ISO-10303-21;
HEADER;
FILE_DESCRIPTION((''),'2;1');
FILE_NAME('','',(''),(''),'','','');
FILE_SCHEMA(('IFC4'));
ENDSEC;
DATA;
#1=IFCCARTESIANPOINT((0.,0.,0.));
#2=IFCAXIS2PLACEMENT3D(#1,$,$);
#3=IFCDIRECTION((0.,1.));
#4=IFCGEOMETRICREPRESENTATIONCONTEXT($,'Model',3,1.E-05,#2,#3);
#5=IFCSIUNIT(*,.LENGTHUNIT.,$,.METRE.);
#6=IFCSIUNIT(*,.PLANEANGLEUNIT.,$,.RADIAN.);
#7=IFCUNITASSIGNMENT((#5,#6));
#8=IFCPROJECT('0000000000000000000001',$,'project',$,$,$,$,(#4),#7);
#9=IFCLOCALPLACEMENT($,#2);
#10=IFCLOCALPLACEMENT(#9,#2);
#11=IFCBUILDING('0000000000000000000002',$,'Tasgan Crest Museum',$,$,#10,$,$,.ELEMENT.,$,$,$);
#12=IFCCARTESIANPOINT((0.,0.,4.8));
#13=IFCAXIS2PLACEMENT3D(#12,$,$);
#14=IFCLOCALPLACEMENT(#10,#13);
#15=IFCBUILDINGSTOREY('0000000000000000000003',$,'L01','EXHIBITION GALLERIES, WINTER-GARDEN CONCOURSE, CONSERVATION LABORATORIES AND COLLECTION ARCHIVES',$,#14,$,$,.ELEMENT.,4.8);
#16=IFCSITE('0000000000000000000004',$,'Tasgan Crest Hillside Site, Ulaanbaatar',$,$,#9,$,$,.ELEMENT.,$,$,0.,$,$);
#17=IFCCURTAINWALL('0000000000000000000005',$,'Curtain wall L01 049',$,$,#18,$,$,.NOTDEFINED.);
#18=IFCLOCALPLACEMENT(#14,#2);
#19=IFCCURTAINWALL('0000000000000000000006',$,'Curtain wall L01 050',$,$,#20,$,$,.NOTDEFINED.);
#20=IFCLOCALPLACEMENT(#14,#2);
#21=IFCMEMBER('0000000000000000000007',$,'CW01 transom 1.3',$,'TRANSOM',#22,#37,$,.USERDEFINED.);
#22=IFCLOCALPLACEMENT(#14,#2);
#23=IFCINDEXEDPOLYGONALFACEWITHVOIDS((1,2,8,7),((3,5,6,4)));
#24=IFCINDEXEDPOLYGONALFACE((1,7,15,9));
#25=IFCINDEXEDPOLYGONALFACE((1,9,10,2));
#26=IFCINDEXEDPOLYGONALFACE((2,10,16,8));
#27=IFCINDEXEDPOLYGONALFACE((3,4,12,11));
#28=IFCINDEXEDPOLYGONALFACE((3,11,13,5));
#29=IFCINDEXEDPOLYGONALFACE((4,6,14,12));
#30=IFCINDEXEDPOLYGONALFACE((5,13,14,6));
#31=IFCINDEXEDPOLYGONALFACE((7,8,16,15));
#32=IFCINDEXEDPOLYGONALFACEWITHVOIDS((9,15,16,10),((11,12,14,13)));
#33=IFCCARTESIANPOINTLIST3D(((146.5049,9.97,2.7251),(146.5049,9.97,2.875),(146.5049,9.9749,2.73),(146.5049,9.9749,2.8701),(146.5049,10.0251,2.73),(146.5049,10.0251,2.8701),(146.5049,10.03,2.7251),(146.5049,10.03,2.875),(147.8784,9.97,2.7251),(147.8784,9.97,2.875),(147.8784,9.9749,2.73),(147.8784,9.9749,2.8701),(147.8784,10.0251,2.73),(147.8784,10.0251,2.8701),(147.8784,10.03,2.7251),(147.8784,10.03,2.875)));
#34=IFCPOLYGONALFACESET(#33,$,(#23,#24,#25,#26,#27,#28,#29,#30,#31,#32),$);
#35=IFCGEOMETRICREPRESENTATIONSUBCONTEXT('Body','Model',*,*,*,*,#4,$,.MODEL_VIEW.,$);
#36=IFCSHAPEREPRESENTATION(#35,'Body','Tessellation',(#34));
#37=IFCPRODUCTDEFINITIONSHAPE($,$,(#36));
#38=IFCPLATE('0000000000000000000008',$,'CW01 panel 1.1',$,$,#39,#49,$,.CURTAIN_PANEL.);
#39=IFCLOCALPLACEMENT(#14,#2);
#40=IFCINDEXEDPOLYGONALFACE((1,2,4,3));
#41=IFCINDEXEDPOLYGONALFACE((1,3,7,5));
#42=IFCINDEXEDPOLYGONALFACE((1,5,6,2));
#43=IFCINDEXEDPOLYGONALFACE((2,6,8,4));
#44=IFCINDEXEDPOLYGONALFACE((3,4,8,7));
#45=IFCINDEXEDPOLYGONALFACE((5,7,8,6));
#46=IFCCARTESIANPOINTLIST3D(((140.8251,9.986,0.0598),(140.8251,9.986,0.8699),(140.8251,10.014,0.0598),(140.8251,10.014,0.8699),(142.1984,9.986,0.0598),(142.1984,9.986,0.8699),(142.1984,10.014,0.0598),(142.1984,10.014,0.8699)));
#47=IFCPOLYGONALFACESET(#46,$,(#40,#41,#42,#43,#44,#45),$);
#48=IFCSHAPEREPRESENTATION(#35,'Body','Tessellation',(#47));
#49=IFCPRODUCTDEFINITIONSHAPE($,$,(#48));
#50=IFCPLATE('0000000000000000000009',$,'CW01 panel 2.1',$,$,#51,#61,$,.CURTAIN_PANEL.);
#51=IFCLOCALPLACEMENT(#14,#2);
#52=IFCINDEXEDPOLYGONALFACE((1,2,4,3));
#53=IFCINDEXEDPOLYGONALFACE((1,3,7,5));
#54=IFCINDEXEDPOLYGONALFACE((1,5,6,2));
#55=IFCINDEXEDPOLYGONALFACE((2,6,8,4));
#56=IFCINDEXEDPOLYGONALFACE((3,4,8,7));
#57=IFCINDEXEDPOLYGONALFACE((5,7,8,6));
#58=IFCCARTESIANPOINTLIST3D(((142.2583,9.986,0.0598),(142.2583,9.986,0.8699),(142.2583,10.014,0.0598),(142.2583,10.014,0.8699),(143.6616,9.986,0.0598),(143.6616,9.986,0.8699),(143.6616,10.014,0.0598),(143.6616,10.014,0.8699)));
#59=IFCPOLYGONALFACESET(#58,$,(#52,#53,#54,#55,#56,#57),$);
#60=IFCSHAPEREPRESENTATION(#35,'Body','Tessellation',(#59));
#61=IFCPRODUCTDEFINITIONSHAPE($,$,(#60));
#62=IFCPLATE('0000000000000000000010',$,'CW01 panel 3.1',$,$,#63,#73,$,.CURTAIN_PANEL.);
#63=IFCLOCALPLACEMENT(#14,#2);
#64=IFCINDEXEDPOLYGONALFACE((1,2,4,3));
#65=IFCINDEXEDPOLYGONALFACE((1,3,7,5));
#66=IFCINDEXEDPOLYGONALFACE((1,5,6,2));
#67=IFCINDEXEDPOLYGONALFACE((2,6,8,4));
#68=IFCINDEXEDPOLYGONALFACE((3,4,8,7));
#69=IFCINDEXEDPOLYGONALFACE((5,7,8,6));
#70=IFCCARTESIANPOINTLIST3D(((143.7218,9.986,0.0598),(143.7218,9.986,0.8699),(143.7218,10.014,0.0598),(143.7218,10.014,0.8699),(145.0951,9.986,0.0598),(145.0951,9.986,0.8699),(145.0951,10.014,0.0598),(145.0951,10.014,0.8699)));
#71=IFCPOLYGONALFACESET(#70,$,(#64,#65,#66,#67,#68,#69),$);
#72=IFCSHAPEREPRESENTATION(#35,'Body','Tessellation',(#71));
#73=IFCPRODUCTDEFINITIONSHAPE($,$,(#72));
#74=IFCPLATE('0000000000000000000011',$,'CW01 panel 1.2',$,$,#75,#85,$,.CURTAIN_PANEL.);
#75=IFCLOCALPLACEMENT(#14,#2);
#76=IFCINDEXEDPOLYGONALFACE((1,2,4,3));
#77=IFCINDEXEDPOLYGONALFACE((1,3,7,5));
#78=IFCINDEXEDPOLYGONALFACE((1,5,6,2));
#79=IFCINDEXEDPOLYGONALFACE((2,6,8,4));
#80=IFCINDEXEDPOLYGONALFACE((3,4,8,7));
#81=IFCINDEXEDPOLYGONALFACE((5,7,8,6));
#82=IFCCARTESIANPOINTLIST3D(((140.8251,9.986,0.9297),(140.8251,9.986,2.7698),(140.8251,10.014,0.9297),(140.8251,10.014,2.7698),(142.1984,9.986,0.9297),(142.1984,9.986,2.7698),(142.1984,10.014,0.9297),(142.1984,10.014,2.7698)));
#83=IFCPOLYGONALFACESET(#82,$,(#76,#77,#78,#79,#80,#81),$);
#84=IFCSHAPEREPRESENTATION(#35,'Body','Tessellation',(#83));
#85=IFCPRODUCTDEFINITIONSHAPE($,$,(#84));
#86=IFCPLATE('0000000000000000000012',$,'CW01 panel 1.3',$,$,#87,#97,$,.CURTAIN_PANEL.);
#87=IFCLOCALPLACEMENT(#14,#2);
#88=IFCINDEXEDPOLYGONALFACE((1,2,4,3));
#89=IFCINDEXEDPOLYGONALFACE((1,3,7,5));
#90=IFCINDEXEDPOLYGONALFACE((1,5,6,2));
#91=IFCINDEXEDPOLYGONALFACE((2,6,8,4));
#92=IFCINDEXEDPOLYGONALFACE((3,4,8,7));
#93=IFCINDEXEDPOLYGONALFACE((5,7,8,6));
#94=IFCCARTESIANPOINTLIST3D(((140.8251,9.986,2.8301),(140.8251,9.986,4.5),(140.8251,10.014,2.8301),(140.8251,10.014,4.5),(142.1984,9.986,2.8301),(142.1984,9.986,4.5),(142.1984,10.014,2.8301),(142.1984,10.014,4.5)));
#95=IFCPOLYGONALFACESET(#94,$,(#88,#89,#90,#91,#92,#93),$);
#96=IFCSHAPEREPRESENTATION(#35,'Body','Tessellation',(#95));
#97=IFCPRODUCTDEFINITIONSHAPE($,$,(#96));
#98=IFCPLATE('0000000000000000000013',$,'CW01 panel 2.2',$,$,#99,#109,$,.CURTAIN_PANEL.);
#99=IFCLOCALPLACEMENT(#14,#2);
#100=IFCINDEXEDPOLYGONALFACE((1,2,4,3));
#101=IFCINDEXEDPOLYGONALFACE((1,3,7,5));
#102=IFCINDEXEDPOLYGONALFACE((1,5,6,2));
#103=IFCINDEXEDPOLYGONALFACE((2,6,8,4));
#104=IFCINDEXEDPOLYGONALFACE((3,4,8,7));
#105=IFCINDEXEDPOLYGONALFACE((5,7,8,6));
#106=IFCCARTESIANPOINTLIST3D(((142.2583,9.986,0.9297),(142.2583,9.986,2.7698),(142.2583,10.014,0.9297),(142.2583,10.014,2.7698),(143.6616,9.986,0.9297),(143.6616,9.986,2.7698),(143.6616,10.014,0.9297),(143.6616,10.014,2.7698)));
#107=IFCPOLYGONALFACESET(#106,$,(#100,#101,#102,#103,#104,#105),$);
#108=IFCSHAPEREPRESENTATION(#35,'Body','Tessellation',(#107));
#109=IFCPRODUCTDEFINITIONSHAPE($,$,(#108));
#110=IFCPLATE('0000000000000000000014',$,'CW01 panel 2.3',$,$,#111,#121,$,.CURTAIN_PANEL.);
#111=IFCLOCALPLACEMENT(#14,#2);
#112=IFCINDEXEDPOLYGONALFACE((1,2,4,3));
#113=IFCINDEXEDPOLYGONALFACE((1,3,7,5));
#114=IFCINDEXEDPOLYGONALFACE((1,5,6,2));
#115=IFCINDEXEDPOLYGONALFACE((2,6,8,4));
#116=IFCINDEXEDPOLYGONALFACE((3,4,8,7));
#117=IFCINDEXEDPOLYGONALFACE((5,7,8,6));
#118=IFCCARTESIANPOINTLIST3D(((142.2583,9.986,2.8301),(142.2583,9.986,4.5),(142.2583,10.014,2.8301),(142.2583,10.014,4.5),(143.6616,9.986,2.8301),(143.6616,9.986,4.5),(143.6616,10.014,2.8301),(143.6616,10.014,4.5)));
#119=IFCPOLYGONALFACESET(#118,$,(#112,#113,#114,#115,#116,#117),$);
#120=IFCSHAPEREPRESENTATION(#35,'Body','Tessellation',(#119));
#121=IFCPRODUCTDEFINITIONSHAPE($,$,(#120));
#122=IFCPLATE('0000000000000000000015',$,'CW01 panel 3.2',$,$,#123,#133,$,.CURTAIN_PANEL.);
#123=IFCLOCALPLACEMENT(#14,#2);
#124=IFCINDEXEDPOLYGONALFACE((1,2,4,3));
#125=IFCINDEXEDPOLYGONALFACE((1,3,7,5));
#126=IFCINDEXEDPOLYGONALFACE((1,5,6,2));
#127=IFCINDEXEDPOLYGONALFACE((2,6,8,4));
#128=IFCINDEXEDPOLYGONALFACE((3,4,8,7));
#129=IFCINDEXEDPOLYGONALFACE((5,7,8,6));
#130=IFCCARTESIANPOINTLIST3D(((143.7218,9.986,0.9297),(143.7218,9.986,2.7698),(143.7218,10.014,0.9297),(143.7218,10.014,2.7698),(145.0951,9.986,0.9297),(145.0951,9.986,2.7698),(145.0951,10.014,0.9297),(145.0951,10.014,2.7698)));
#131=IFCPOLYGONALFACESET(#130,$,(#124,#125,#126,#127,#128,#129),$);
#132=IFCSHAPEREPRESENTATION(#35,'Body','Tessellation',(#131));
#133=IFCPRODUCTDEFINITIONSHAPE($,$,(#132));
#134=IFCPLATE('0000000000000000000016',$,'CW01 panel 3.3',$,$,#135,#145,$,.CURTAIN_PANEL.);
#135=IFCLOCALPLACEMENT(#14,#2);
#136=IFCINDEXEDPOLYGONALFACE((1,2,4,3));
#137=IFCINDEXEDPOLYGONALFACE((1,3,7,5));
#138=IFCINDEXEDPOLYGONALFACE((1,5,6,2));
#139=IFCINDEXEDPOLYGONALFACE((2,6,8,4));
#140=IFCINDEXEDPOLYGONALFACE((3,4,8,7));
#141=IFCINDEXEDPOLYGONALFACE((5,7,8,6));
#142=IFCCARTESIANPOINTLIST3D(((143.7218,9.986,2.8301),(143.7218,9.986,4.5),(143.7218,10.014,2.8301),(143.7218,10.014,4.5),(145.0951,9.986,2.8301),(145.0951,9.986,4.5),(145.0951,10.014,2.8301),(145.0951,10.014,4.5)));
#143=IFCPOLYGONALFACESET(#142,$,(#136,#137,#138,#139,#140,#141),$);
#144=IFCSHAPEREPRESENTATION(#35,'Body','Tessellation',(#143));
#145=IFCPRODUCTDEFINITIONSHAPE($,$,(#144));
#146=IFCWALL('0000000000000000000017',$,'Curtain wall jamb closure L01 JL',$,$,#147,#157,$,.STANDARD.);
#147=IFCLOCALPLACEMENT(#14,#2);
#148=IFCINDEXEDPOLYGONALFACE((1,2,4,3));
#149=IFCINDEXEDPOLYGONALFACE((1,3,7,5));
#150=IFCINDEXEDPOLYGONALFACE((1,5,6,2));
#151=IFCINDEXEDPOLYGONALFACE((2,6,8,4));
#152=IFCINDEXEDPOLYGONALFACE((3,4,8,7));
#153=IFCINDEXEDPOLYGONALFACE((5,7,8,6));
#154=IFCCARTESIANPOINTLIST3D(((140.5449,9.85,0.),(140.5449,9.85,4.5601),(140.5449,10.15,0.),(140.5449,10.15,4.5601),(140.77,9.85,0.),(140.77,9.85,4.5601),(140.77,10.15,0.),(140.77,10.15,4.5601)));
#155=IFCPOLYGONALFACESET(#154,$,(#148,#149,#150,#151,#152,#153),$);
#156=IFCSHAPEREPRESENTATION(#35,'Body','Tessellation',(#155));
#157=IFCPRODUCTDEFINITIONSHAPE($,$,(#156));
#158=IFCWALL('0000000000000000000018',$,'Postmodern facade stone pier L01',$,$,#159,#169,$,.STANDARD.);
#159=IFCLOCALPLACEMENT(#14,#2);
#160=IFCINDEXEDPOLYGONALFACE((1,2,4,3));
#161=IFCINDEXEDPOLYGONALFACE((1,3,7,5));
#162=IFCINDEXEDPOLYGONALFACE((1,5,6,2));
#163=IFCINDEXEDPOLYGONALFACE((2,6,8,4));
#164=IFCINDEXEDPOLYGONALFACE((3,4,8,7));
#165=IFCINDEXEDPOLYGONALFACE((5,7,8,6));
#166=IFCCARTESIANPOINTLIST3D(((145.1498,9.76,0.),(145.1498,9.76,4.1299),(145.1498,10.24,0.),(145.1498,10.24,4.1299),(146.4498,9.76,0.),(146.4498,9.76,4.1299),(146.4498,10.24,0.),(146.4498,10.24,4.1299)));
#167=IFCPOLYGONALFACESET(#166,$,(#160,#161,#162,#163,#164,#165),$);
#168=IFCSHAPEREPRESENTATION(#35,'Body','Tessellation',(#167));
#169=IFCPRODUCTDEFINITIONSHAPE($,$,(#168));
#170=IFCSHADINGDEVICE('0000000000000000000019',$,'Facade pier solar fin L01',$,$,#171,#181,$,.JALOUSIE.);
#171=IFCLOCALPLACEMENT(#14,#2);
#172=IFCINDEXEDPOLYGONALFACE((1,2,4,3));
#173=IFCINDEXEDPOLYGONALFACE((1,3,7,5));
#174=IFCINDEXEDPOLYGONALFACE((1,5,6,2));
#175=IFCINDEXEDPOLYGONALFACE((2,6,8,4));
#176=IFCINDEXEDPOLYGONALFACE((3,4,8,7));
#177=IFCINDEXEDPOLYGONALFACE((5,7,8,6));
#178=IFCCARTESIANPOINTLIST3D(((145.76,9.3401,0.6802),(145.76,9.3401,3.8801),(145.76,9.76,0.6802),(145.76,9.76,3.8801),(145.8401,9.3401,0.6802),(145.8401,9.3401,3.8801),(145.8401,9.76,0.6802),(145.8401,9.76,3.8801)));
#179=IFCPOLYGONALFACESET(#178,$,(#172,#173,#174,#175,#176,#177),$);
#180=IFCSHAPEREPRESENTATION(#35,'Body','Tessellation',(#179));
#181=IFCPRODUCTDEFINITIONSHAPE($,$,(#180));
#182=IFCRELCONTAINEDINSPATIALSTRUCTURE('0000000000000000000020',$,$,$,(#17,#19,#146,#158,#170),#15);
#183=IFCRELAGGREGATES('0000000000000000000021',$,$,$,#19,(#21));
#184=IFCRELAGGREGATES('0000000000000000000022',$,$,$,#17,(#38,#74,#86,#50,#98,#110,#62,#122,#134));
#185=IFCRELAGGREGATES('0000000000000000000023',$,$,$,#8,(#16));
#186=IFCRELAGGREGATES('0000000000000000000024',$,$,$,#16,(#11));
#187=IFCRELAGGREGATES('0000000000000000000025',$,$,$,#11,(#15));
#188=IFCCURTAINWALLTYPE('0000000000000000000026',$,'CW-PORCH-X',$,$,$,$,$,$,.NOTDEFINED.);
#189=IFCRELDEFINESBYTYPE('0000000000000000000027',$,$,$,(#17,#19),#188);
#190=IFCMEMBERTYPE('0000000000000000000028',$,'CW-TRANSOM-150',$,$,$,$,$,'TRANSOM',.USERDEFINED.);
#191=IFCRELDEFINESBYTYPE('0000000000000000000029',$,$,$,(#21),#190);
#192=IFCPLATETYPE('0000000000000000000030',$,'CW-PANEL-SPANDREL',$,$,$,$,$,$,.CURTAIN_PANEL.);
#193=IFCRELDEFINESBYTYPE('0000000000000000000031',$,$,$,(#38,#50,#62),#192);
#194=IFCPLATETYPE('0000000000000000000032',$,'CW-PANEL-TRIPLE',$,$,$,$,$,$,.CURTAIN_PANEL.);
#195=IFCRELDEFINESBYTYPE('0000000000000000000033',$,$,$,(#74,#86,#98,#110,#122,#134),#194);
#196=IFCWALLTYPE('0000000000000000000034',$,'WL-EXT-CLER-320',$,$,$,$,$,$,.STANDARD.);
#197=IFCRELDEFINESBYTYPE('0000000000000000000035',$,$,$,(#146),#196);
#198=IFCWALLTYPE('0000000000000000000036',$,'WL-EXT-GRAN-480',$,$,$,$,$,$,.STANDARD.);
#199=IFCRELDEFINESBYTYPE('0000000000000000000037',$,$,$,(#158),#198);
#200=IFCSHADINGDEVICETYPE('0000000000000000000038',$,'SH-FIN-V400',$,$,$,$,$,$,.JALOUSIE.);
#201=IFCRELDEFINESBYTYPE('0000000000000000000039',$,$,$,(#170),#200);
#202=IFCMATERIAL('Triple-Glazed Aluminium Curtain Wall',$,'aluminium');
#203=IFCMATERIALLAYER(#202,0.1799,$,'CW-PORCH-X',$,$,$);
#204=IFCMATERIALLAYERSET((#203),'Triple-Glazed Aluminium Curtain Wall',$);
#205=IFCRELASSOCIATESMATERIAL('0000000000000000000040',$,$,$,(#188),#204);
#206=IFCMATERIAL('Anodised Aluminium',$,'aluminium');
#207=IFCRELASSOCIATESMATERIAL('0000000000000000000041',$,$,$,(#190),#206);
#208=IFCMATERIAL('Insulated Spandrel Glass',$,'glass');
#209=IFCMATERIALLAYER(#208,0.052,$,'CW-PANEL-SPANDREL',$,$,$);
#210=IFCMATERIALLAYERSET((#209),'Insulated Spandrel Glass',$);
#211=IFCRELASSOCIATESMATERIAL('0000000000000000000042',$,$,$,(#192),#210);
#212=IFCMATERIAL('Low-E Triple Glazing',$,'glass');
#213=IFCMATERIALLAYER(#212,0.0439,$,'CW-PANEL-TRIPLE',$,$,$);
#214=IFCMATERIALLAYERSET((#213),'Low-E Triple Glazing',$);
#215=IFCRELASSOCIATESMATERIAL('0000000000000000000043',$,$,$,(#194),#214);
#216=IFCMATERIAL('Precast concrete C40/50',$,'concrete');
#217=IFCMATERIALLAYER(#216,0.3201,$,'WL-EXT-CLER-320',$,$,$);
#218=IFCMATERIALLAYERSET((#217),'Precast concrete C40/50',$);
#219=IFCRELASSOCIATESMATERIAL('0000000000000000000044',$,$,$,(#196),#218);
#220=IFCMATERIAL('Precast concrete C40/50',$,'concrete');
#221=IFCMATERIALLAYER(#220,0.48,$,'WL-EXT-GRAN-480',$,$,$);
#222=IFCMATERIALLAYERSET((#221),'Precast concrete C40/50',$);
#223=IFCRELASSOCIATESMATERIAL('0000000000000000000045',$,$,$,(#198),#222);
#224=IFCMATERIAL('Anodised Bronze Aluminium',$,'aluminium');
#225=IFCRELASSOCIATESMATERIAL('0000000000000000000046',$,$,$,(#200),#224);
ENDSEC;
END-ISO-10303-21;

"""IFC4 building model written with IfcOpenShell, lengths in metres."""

from ifc_helpers import new_model, si_unit, direction, frame, frame_2d, origin, origin_2d, place, context, subcontext, project, spatial, rectangle, hollow_rectangle, extrude, material, layer, layer_set, material_profile, profile_set, type_object, element, aggregate, save


model = new_model("IFC4")

# Units and contexts
model_context = context("Model", 3, precision=1e-05, world=origin(), true_north=direction((0.0, 1.0)))
body_context = subcontext(model_context, "Body", "Model", "MODEL_VIEW")
ifc_project = project(units=[si_unit("LENGTHUNIT", "METRE"), si_unit("PLANEANGLEUNIT", "RADIAN")], contexts=[model_context])

# Site, building, storey
site_placement = place(None, origin())
site = spatial("IfcSite", under=ifc_project, at=site_placement, Name="Tasgan Crest Hillside Site, Ulaanbaatar", CompositionType="ELEMENT", RefElevation=0.0)
building_placement = place(site_placement, origin())
building = spatial("IfcBuilding", under=site, at=building_placement, Name="Tasgan Crest Museum", CompositionType="ELEMENT")
storey_placement = place(building_placement, frame((0.0, 0.0, 4.8)))
storey = spatial("IfcBuildingStorey", under=building, at=storey_placement, Name="L01", Description="EXHIBITION GALLERIES, WINTER-GARDEN CONCOURSE, CONSERVATION LABORATORIES AND COLLECTION ARCHIVES", CompositionType="ELEMENT", Elevation=4.8)

# Curtain wall
ifc_material_1 = material(Name="Triple-Glazed Aluminium Curtain Wall", Category="aluminium")
ifc_layer_1 = layer(ifc_material_1, 0.1799, Name="CW-PORCH-X")
ifc_layer_set_1 = layer_set([ifc_layer_1], Name="Triple-Glazed Aluminium Curtain Wall")
curtain_wall_type = type_object("IfcCurtainWallType", Name="CW-PORCH-X", PredefinedType="NOTDEFINED", material=ifc_layer_set_1)
curtain_wall_1_placement = place(storey_placement, origin())
curtain_wall_1 = element("IfcCurtainWall", 1, at=curtain_wall_1_placement, inside=storey, type_object=curtain_wall_type, Name="Curtain wall L01 049", PredefinedType="NOTDEFINED")

# Curtain wall
curtain_wall_2_placement = place(storey_placement, origin())
curtain_wall_2 = element("IfcCurtainWall", 2, at=curtain_wall_2_placement, inside=storey, type_object=curtain_wall_type, Name="Curtain wall L01 050", PredefinedType="NOTDEFINED")

# Member
ifc_material_2 = material(Name="Anodised Aluminium", Category="aluminium")
ifc_material_profile_1 = material_profile(ifc_material_2, hollow_rectangle(XDim=0.0601, YDim=0.1499, WallThickness=0.0049, at=origin_2d()), Name="ALU TRANSOM 150x60x5")
ifc_profile_set_1 = profile_set([ifc_material_profile_1], Name="Anodised Aluminium")
member_type_1 = type_object("IfcMemberType", Name="CW-TRANSOM-150", ElementType="TRANSOM", PredefinedType="USERDEFINED", material=ifc_profile_set_1)
member_1_placement = place(storey_placement, frame((146.5049, 10.0, 2.8), z_axis=(1.0, 0.0, 0.0), x_axis=(0.0, 1.0, 0.0)))
member_1 = element("IfcMember", 3, at=member_1_placement, type_object=member_type_1, Name="CW01 transom 1.3", ObjectType="TRANSOM", PredefinedType="USERDEFINED", context=body_context, shape_type="SweptSolid", body=[
    extrude(hollow_rectangle(XDim=0.0601, YDim=0.1499, WallThickness=0.0049, at=origin_2d()), origin(), (0.0, 0.0, 1.0), 1.3735),
])
aggregate(curtain_wall_2, [member_1])

# Plates
ifc_material_3 = material(Name="Insulated Spandrel Glass", Category="glass")
ifc_layer_2 = layer(ifc_material_3, 0.052, Name="CW-PANEL-SPANDREL")
ifc_layer_set_2 = layer_set([ifc_layer_2], Name="Insulated Spandrel Glass")
plate_type_1 = type_object("IfcPlateType", Name="CW-PANEL-SPANDREL", PredefinedType="CURTAIN_PANEL", material=ifc_layer_set_2)
plate_1_placement = place(storey_placement, frame((141.5117, 10.0, 0.0598), z_axis=(0.0, 0.0, 1.0), x_axis=(1.0, 0.0, 0.0)))
plate_1 = element("IfcPlate", 4, at=plate_1_placement, type_object=plate_type_1, Name="CW01 panel 1.1", PredefinedType="CURTAIN_PANEL", context=body_context, shape_type="SweptSolid", body=[
    extrude(rectangle(XDim=1.3733, YDim=0.0281, at=origin_2d()), origin(), (0.0, 0.0, 1.0), 0.8101),
])
plate_2_placement = place(storey_placement, frame((142.96, 10.0, 0.0598), z_axis=(0.0, 0.0, 1.0), x_axis=(1.0, 0.0, 0.0)))
plate_2 = element("IfcPlate", 5, at=plate_2_placement, type_object=plate_type_1, Name="CW01 panel 2.1", PredefinedType="CURTAIN_PANEL", context=body_context, shape_type="SweptSolid", body=[
    extrude(rectangle(XDim=1.4033, YDim=0.0281, at=origin_2d()), origin(), (0.0, 0.0, 1.0), 0.8101),
])
plate_3_placement = place(storey_placement, frame((144.4084, 10.0, 0.0598), z_axis=(0.0, 0.0, 1.0), x_axis=(1.0, 0.0, 0.0)))
plate_3 = element("IfcPlate", 6, at=plate_3_placement, type_object=plate_type_1, Name="CW01 panel 3.1", PredefinedType="CURTAIN_PANEL", context=body_context, shape_type="SweptSolid", body=[
    extrude(rectangle(XDim=1.3733, YDim=0.0281, at=origin_2d()), origin(), (0.0, 0.0, 1.0), 0.8101),
])
ifc_material_4 = material(Name="Low-E Triple Glazing", Category="glass")
ifc_layer_3 = layer(ifc_material_4, 0.0439, Name="CW-PANEL-TRIPLE")
ifc_layer_set_3 = layer_set([ifc_layer_3], Name="Low-E Triple Glazing")
plate_type_2 = type_object("IfcPlateType", Name="CW-PANEL-TRIPLE", PredefinedType="CURTAIN_PANEL", material=ifc_layer_set_3)
plate_4_placement = place(storey_placement, frame((141.5117, 10.0, 0.9297), z_axis=(0.0, 0.0, 1.0), x_axis=(1.0, 0.0, 0.0)))
plate_4 = element("IfcPlate", 7, at=plate_4_placement, type_object=plate_type_2, Name="CW01 panel 1.2", PredefinedType="CURTAIN_PANEL", context=body_context, shape_type="SweptSolid", body=[
    extrude(rectangle(XDim=1.3733, YDim=0.0281, at=origin_2d()), origin(), (0.0, 0.0, 1.0), 1.8401),
])
plate_5_placement = place(storey_placement, frame((141.5117, 10.0, 2.8301), z_axis=(0.0, 0.0, 1.0), x_axis=(1.0, 0.0, 0.0)))
plate_5 = element("IfcPlate", 8, at=plate_5_placement, type_object=plate_type_2, Name="CW01 panel 1.3", PredefinedType="CURTAIN_PANEL", context=body_context, shape_type="SweptSolid", body=[
    extrude(rectangle(XDim=1.3733, YDim=0.0281, at=origin_2d()), origin(), (0.0, 0.0, 1.0), 1.6699),
])
plate_6_placement = place(storey_placement, frame((142.96, 10.0, 0.9297), z_axis=(0.0, 0.0, 1.0), x_axis=(1.0, 0.0, 0.0)))
plate_6 = element("IfcPlate", 9, at=plate_6_placement, type_object=plate_type_2, Name="CW01 panel 2.2", PredefinedType="CURTAIN_PANEL", context=body_context, shape_type="SweptSolid", body=[
    extrude(rectangle(XDim=1.4033, YDim=0.0281, at=origin_2d()), origin(), (0.0, 0.0, 1.0), 1.8401),
])
plate_7_placement = place(storey_placement, frame((142.96, 10.0, 2.8301), z_axis=(0.0, 0.0, 1.0), x_axis=(1.0, 0.0, 0.0)))
plate_7 = element("IfcPlate", 10, at=plate_7_placement, type_object=plate_type_2, Name="CW01 panel 2.3", PredefinedType="CURTAIN_PANEL", context=body_context, shape_type="SweptSolid", body=[
    extrude(rectangle(XDim=1.4033, YDim=0.0281, at=origin_2d()), origin(), (0.0, 0.0, 1.0), 1.6699),
])
plate_8_placement = place(storey_placement, frame((144.4084, 10.0, 0.9297), z_axis=(0.0, 0.0, 1.0), x_axis=(1.0, 0.0, 0.0)))
plate_8 = element("IfcPlate", 11, at=plate_8_placement, type_object=plate_type_2, Name="CW01 panel 3.2", PredefinedType="CURTAIN_PANEL", context=body_context, shape_type="SweptSolid", body=[
    extrude(rectangle(XDim=1.3733, YDim=0.0281, at=origin_2d()), origin(), (0.0, 0.0, 1.0), 1.8401),
])
plate_9_placement = place(storey_placement, frame((144.4084, 10.0, 2.8301), z_axis=(0.0, 0.0, 1.0), x_axis=(1.0, 0.0, 0.0)))
plate_9 = element("IfcPlate", 12, at=plate_9_placement, type_object=plate_type_2, Name="CW01 panel 3.3", PredefinedType="CURTAIN_PANEL", context=body_context, shape_type="SweptSolid", body=[
    extrude(rectangle(XDim=1.3733, YDim=0.0281, at=origin_2d()), origin(), (0.0, 0.0, 1.0), 1.6699),
])
aggregate(curtain_wall_1, [plate_1, plate_4, plate_5, plate_2, plate_6, plate_7, plate_3, plate_8, plate_9])

# Walls
ifc_material_5 = material(Name="Precast concrete C40/50", Category="concrete")
ifc_layer_4 = layer(ifc_material_5, 0.3201, Name="WL-EXT-CLER-320")
ifc_layer_set_4 = layer_set([ifc_layer_4], Name="Precast concrete C40/50")
wall_type_1 = type_object("IfcWallType", Name="WL-EXT-CLER-320", PredefinedType="STANDARD", material=ifc_layer_set_4)
wall_1_placement = place(storey_placement, frame((140.5449, 10.0, 0.0), z_axis=(0.0, 0.0, 1.0), x_axis=(1.0, 0.0, 0.0)))
element("IfcWall", 13, at=wall_1_placement, inside=storey, type_object=wall_type_1, Name="Curtain wall jamb closure L01 JL", PredefinedType="STANDARD", context=body_context, shape_type="SweptSolid", body=[
    extrude(rectangle(XDim=0.2251, YDim=0.3, at=frame_2d((0.1125, 0.0))), origin(), (0.0, 0.0, 1.0), 4.5601),
])
ifc_material_6 = material(Name="Precast concrete C40/50", Category="concrete")
ifc_layer_5 = layer(ifc_material_6, 0.48, Name="WL-EXT-GRAN-480")
ifc_layer_set_5 = layer_set([ifc_layer_5], Name="Precast concrete C40/50")
wall_type_2 = type_object("IfcWallType", Name="WL-EXT-GRAN-480", PredefinedType="STANDARD", material=ifc_layer_set_5)
wall_2_placement = place(storey_placement, frame((145.1499, 10.0, 0.0), z_axis=(0.0, 0.0, 1.0), x_axis=(1.0, 0.0, 0.0)))
element("IfcWall", 14, at=wall_2_placement, inside=storey, type_object=wall_type_2, Name="Postmodern facade stone pier L01", PredefinedType="STANDARD", context=body_context, shape_type="SweptSolid", body=[
    extrude(rectangle(XDim=1.3, YDim=0.48, at=frame_2d((0.6499, 0.0))), origin(), (0.0, 0.0, 1.0), 4.1299),
])

# Shading device
ifc_material_7 = material(Name="Anodised Bronze Aluminium", Category="aluminium")
shading_device_type = type_object("IfcShadingDeviceType", Name="SH-FIN-V400", PredefinedType="JALOUSIE", material=ifc_material_7)
shading_device_placement = place(storey_placement, frame((145.8, 9.55, 0.6802), z_axis=(0.0, 0.0, 1.0), x_axis=(1.0, 0.0, 0.0)))
element("IfcShadingDevice", 15, at=shading_device_placement, inside=storey, type_object=shading_device_type, Name="Facade pier solar fin L01", PredefinedType="JALOUSIE", context=body_context, shape_type="SweptSolid", body=[
    extrude(rectangle(XDim=0.0801, YDim=0.4199, at=origin_2d()), origin(), (0.0, 0.0, 1.0), 3.2),
])

save(model, "model.ifc")
